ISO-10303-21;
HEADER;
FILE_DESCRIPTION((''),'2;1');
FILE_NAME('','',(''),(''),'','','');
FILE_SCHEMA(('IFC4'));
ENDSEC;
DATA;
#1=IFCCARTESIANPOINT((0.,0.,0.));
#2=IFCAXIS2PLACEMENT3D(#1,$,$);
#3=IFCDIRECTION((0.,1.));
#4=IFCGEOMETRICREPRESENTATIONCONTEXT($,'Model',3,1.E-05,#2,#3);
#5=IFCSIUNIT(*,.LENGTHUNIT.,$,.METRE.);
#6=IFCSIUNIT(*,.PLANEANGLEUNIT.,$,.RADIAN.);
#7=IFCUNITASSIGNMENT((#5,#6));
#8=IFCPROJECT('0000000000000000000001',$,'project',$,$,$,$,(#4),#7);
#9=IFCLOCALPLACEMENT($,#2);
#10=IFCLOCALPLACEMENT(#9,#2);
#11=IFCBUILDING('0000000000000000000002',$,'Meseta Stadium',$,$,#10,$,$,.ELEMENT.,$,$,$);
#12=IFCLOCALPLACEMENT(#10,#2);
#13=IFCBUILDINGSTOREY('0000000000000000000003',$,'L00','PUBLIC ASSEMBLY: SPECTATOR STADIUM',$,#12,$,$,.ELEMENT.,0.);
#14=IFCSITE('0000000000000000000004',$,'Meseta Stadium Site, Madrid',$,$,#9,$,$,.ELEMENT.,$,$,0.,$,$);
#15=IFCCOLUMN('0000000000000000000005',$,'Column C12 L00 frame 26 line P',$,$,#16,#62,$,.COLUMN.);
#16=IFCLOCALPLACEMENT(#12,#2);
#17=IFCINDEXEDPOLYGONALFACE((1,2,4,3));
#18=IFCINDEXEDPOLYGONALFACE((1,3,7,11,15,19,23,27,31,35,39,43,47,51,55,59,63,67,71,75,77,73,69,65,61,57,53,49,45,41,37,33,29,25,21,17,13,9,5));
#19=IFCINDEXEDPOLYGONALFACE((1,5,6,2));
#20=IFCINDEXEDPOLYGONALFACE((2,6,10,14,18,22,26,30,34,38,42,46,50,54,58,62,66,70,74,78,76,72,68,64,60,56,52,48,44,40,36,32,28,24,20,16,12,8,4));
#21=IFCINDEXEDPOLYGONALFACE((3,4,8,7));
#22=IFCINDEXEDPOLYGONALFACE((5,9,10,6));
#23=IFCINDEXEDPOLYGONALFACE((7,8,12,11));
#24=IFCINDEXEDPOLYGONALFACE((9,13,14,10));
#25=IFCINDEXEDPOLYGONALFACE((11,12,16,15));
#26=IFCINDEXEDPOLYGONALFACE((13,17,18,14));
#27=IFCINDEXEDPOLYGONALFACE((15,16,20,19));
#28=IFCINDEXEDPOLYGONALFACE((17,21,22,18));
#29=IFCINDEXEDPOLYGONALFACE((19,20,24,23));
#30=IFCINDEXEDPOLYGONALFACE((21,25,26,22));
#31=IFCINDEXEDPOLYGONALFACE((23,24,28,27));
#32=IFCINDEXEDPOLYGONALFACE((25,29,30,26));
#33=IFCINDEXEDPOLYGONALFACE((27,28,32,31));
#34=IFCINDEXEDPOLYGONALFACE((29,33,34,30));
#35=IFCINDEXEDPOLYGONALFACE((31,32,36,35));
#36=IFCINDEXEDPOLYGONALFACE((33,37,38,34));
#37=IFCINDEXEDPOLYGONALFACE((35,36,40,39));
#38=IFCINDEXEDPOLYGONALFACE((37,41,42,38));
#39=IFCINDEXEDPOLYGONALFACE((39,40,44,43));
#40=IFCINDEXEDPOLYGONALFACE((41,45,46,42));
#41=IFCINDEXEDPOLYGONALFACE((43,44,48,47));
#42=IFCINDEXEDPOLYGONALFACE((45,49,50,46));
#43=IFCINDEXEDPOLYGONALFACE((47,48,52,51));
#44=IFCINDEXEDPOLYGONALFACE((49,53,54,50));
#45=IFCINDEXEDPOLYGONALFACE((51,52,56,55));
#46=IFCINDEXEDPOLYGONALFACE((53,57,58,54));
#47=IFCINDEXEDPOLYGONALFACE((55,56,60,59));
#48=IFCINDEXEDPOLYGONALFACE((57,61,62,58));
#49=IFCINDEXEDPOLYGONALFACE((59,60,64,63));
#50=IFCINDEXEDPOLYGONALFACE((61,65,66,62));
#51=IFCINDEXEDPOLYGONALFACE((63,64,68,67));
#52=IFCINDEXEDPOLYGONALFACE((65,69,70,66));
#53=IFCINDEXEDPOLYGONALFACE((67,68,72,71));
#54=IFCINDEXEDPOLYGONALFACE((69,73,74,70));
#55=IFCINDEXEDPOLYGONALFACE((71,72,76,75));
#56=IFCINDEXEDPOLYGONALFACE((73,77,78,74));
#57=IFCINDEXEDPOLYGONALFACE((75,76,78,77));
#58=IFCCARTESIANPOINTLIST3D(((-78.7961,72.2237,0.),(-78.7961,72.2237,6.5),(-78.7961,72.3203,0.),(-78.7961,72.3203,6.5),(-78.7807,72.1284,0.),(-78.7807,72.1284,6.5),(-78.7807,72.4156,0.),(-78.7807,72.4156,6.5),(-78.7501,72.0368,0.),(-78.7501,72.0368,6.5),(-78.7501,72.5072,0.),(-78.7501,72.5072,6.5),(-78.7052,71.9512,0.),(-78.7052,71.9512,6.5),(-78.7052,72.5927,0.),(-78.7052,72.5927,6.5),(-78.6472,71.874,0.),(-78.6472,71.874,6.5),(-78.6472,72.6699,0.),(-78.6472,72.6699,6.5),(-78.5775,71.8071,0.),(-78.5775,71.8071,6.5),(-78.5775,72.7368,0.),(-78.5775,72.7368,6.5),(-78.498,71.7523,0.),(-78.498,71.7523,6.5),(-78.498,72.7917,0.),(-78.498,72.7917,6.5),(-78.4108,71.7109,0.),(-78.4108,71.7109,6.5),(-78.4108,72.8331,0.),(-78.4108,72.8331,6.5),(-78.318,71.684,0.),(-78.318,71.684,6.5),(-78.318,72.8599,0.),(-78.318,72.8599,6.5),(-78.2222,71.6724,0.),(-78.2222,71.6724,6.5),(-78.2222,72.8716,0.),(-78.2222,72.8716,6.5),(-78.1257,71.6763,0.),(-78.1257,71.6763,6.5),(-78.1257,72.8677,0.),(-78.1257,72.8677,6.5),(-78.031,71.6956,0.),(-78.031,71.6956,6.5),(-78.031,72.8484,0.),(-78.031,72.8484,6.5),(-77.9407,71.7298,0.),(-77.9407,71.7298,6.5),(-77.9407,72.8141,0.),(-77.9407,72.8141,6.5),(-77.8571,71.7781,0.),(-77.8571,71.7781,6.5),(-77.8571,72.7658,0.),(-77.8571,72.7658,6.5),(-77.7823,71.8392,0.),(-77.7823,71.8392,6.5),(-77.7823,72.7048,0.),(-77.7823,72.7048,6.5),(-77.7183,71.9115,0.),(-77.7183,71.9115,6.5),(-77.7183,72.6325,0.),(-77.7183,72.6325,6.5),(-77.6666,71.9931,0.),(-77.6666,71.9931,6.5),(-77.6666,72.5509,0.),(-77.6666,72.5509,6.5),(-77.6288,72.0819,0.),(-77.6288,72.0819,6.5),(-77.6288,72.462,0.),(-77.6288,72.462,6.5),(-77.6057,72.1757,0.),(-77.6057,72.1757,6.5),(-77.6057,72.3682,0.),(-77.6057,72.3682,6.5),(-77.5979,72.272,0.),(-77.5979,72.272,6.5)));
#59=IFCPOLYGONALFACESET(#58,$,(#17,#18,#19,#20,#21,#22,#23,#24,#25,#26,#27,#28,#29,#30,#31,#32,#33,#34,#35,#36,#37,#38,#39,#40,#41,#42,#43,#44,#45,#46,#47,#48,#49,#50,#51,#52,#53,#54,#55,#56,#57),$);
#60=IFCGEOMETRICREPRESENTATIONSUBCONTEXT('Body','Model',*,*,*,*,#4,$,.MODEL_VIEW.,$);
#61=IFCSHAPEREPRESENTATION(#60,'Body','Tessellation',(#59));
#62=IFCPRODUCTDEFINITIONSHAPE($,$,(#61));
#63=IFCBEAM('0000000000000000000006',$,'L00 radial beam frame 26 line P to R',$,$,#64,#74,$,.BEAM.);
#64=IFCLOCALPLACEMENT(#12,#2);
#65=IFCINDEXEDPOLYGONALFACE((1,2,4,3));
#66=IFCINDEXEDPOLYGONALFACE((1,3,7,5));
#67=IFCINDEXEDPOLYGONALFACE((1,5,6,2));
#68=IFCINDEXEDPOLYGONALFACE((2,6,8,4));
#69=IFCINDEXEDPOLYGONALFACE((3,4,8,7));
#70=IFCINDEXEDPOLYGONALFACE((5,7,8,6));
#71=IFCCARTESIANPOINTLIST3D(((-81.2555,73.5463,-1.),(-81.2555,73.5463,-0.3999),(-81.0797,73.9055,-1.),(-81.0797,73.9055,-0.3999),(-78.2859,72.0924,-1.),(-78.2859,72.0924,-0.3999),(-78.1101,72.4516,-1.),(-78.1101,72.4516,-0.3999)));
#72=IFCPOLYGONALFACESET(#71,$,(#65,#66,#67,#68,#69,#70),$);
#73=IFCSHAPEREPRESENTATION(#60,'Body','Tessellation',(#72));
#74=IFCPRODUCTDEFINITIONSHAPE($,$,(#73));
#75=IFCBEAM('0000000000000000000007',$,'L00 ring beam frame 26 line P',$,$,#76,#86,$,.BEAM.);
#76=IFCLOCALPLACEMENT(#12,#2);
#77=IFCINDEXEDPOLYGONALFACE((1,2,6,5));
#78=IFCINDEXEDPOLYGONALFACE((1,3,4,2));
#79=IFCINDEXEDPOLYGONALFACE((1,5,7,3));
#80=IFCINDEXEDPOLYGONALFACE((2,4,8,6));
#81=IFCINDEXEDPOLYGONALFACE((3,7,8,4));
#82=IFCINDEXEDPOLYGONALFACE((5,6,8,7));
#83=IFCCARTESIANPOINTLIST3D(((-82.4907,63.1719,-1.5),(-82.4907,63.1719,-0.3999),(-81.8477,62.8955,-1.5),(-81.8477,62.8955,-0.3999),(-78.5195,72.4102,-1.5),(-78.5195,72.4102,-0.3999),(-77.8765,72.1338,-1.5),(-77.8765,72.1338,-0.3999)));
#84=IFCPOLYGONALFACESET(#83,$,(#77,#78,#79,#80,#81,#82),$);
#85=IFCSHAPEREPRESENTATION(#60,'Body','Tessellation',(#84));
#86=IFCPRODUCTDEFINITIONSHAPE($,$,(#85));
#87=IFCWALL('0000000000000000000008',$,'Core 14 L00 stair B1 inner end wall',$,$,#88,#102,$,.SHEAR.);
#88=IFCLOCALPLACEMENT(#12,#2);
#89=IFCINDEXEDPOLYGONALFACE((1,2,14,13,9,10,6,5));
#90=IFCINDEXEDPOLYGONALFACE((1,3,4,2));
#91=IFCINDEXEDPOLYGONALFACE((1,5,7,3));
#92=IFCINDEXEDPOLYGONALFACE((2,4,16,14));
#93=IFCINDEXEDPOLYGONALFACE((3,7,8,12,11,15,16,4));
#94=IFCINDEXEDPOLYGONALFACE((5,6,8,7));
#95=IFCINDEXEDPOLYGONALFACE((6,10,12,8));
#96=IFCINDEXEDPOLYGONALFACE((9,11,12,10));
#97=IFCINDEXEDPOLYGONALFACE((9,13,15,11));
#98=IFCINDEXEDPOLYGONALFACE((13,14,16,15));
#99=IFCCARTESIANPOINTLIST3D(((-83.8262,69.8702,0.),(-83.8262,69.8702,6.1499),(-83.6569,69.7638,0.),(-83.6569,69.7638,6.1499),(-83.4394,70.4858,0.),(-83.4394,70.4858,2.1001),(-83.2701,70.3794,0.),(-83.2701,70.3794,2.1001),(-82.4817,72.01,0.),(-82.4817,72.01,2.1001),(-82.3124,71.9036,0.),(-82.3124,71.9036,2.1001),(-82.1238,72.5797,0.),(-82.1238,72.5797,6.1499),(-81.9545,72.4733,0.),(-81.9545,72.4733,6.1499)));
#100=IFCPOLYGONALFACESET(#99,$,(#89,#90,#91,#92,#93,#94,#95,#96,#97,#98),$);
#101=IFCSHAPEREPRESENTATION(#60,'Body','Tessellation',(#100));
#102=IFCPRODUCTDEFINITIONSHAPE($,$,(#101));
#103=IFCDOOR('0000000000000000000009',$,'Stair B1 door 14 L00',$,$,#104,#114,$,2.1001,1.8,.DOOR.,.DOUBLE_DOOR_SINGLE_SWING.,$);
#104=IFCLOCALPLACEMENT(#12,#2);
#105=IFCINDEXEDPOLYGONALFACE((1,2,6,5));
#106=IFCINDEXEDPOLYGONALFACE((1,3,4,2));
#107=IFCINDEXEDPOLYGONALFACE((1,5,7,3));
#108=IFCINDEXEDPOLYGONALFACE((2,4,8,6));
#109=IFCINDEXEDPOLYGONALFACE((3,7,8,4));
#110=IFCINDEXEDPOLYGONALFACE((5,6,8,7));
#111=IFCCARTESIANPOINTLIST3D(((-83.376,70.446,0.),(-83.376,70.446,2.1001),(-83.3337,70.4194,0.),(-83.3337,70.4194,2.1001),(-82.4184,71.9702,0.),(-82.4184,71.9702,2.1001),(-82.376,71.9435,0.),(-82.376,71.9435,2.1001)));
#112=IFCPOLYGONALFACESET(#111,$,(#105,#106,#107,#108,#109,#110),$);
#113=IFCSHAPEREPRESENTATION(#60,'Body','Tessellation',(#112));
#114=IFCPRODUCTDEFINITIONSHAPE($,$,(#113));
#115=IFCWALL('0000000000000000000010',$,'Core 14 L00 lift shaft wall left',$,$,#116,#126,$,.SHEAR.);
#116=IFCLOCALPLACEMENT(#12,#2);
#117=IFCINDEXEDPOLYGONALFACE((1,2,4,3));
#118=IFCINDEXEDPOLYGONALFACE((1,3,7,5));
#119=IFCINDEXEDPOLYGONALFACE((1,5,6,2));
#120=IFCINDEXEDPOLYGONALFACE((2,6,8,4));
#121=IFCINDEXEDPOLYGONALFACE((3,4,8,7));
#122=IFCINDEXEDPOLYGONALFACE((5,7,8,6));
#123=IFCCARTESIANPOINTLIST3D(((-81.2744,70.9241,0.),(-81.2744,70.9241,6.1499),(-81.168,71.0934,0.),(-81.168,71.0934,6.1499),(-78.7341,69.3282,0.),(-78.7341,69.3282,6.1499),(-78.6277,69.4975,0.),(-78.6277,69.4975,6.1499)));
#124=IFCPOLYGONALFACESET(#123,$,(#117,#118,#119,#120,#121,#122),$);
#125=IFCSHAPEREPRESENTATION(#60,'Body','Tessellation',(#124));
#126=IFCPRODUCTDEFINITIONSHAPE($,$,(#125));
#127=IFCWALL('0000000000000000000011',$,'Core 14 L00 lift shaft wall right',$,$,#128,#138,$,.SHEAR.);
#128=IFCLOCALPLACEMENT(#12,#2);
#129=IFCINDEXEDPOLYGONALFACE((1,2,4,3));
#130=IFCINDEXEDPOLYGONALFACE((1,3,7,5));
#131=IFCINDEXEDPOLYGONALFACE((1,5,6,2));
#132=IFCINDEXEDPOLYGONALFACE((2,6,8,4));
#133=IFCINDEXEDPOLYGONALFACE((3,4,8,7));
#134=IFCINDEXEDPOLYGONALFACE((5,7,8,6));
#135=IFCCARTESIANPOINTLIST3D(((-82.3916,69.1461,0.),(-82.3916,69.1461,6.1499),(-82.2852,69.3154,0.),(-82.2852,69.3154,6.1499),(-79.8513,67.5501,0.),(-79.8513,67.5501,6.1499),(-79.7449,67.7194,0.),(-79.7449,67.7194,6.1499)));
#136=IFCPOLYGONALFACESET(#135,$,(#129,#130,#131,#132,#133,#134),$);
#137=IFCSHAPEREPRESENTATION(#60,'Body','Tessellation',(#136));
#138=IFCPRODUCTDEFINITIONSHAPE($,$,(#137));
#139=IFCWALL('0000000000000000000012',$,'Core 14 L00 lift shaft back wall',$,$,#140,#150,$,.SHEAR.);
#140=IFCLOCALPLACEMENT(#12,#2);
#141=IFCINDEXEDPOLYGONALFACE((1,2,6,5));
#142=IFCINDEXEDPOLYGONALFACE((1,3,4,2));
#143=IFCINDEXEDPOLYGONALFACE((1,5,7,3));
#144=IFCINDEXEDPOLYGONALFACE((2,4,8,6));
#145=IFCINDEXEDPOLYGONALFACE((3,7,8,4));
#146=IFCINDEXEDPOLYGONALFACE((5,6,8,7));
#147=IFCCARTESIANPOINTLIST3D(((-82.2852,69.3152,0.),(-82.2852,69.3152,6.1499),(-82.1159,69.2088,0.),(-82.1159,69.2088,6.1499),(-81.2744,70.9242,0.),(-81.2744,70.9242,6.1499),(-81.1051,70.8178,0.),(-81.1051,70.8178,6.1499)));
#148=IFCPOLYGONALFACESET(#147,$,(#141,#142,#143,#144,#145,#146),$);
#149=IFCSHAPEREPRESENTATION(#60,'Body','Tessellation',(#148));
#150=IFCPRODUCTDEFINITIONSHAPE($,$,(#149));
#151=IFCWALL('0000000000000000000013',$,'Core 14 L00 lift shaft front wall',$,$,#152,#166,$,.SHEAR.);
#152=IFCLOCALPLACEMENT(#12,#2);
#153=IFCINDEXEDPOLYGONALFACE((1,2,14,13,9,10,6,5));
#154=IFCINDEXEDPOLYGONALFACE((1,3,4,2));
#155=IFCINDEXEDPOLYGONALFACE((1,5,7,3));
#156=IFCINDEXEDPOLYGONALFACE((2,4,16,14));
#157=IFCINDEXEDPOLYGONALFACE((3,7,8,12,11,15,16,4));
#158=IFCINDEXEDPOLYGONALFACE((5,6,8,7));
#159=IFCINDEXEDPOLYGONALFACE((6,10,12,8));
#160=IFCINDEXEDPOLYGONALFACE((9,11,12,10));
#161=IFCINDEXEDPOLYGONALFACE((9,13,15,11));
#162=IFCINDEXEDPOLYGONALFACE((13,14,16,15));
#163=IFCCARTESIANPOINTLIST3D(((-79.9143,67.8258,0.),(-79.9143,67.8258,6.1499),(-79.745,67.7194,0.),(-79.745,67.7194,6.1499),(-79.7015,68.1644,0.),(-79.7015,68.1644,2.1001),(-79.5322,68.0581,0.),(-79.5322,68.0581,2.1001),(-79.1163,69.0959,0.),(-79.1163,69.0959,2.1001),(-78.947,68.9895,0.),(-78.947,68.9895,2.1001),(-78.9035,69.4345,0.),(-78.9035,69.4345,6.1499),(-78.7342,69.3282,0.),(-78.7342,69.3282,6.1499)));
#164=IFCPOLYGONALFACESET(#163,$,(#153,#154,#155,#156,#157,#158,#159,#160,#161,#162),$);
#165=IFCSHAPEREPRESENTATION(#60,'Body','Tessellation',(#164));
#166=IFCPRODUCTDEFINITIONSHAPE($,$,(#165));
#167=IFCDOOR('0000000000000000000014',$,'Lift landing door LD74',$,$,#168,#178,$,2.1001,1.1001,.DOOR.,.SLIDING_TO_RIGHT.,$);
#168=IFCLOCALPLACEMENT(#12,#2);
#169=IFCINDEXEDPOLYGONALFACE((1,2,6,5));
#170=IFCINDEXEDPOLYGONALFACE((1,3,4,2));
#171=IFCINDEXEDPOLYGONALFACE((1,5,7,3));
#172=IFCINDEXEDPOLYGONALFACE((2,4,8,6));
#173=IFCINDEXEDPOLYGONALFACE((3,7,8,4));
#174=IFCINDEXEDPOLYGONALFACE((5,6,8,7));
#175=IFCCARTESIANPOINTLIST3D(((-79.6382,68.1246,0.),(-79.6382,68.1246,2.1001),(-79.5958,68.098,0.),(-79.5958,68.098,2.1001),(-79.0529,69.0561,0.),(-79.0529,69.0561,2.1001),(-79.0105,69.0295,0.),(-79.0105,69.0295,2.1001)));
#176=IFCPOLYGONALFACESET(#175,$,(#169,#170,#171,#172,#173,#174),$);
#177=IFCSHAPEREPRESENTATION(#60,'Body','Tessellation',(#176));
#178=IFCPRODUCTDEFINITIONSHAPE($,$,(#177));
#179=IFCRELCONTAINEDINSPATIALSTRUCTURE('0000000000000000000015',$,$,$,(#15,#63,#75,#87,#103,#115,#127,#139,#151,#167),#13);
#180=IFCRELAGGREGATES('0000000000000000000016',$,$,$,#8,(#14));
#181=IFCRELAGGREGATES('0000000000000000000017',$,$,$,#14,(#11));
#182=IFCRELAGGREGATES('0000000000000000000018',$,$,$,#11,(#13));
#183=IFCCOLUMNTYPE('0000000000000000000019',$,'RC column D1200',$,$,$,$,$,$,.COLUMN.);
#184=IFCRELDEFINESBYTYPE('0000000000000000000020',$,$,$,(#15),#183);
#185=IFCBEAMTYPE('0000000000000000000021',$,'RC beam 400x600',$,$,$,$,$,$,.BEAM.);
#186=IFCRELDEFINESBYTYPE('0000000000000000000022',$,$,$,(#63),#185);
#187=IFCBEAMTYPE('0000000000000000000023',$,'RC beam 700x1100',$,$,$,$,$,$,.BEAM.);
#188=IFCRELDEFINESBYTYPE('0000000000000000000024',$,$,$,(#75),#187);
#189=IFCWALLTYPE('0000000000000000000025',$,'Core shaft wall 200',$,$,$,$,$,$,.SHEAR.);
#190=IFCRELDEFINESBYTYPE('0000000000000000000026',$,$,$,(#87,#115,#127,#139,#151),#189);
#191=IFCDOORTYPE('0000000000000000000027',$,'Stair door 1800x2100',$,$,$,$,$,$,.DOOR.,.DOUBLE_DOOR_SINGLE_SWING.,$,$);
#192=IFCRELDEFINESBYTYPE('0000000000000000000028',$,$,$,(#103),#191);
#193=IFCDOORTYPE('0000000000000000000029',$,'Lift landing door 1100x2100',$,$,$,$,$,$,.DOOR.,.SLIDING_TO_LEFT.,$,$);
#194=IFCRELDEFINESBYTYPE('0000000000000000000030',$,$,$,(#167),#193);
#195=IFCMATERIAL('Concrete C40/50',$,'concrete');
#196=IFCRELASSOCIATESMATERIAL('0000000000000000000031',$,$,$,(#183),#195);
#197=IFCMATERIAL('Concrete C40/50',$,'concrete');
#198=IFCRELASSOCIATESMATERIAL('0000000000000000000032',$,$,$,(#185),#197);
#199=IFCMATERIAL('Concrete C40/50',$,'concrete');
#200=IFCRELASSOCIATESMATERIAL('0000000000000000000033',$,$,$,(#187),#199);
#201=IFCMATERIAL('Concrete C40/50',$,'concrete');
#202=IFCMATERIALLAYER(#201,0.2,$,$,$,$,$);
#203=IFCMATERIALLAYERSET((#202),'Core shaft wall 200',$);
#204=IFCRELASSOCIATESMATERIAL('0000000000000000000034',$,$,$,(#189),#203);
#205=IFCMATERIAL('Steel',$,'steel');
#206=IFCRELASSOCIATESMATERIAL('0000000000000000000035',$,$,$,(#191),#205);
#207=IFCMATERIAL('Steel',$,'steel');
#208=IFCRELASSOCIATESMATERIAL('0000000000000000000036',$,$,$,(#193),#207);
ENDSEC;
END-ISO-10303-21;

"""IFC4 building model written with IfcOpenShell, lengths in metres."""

from ifc_helpers import new_model, si_unit, direction, frame, frame_2d, origin, origin_2d, place, context, subcontext, project, spatial, rectangle, circle, extrude, material, layer, layer_set, material_profile, profile_set, type_object, element, fill, save


model = new_model("IFC4")

# Units and contexts
model_context = context("Model", 3, precision=1e-05, world=origin(), true_north=direction((0.0, 1.0)))
body_context = subcontext(model_context, "Body", "Model", "MODEL_VIEW")
ifc_project = project(units=[si_unit("LENGTHUNIT", "METRE"), si_unit("PLANEANGLEUNIT", "RADIAN")], contexts=[model_context])

# Site, building, storey
site_placement = place(None, origin())
site = spatial("IfcSite", under=ifc_project, at=site_placement, Name="Meseta Stadium Site, Madrid", CompositionType="ELEMENT", RefElevation=0.0)
building_placement = place(site_placement, origin())
building = spatial("IfcBuilding", under=site, at=building_placement, Name="Meseta Stadium", CompositionType="ELEMENT")
storey_placement = place(building_placement, origin())
storey = spatial("IfcBuildingStorey", under=building, at=storey_placement, Name="L00", Description="PUBLIC ASSEMBLY: SPECTATOR STADIUM", CompositionType="ELEMENT", Elevation=0.0)

# Column
ifc_material_1 = material(Name="Concrete C40/50", Category="concrete")
ifc_material_profile_1 = material_profile(ifc_material_1, circle(Radius=0.6001, at=origin_2d()), Name="RC D1200")
ifc_profile_set_1 = profile_set([ifc_material_profile_1], Name="Concrete C40/50")
column_type = type_object("IfcColumnType", Name="RC column D1200", PredefinedType="COLUMN", material=ifc_profile_set_1)
column_placement = place(storey_placement, frame((-78.198, 72.272, 0.0), z_axis=(0.0, 0.0, 1.0), x_axis=(1.0, 0.0, 0.0)))
element("IfcColumn", 1, at=column_placement, inside=storey, type_object=column_type, Name="Column C12 L00 frame 26 line P", PredefinedType="COLUMN", context=body_context, shape_type="SweptSolid", body=[
    extrude(circle(Radius=0.6001, at=origin_2d()), origin(), (0.0, 0.0, 1.0), 6.5),
])

# Beams
ifc_material_2 = material(Name="Concrete C40/50", Category="concrete")
ifc_material_profile_2 = material_profile(ifc_material_2, rectangle(XDim=0.3999, YDim=0.6001, at=origin_2d()), Name="RC 400x600")
ifc_profile_set_2 = profile_set([ifc_material_profile_2], Name="Concrete C40/50")
beam_type_1 = type_object("IfcBeamType", Name="RC beam 400x600", PredefinedType="BEAM", material=ifc_profile_set_2)
beam_1_placement = place(storey_placement, frame((-78.198, 72.272, -0.7), z_axis=(-0.898132, 0.439725, 0.0), x_axis=(-0.439725, -0.898132, 0.0)))
element("IfcBeam", 2, at=beam_1_placement, inside=storey, type_object=beam_type_1, Name="L00 radial beam frame 26 line P to R", PredefinedType="BEAM", context=body_context, shape_type="SweptSolid", body=[
    extrude(rectangle(XDim=0.3999, YDim=0.6001, at=origin_2d()), origin(), (0.0, 0.0, 1.0), 3.3064),
])
ifc_material_3 = material(Name="Concrete C40/50", Category="concrete")
ifc_material_profile_3 = material_profile(ifc_material_3, rectangle(XDim=0.7, YDim=1.1001, at=origin_2d()), Name="RC 700x1100")
ifc_profile_set_3 = profile_set([ifc_material_profile_3], Name="Concrete C40/50")
beam_type_2 = type_object("IfcBeamType", Name="RC beam 700x1100", PredefinedType="BEAM", material=ifc_profile_set_3)
beam_2_placement = place(storey_placement, frame((-78.198, 72.272, -0.95), z_axis=(-0.394921, -0.918715, 0.0), x_axis=(0.918715, -0.394921, 0.0)))
element("IfcBeam", 3, at=beam_2_placement, inside=storey, type_object=beam_type_2, Name="L00 ring beam frame 26 line P", PredefinedType="BEAM", context=body_context, shape_type="SweptSolid", body=[
    extrude(rectangle(XDim=0.7, YDim=1.1001, at=origin_2d()), origin(), (0.0, 0.0, 1.0), 10.0557),
])

# Wall, opening, door
ifc_material_4 = material(Name="Concrete C40/50", Category="concrete")
ifc_layer_1 = layer(ifc_material_4, 0.2)
ifc_layer_set_1 = layer_set([ifc_layer_1], Name="Core shaft wall 200")
wall_type_1 = type_object("IfcWallType", Name="Core shaft wall 200", PredefinedType="SHEAR", material=ifc_layer_set_1)
wall_1_placement = place(storey_placement, frame((-82.0391, 72.5266, 0.0), z_axis=(0.0, 0.0, 1.0), x_axis=(-0.532014, -0.846736, 0.0)))
wall_1 = element("IfcWall", 4, at=wall_1_placement, inside=storey, type_object=wall_type_1, Name="Core 14 L00 stair B1 inner end wall", PredefinedType="SHEAR", context=body_context, shape_type="SweptSolid", body=[
    extrude(rectangle(XDim=3.2, YDim=0.2, at=frame_2d((1.6001, 0.0))), origin(), (0.0, 0.0, 1.0), 6.1499),
])
opening_1_placement = place(wall_1_placement, frame((0.6731, 0.0, 0.0)))
opening_1 = element("IfcOpeningElement", 5, at=opening_1_placement, cuts=wall_1, PredefinedType="OPENING", context=body_context, shape_type="SweptSolid", body=[
    extrude(rectangle(XDim=1.8, YDim=2.1001, at=frame_2d((0.8999, 1.05))), frame((0.0, 0.1099, 0.0), z_axis=(0.0, -1.0, 0.0), x_axis=(1.0, 0.0, 0.0)), (0.0, 0.0, 1.0), 0.22),
])
ifc_material_5 = material(Name="Steel", Category="steel")
door_type_1 = type_object("IfcDoorType", Name="Stair door 1800x2100", OperationType="DOUBLE_DOOR_SINGLE_SWING", PredefinedType="DOOR", material=ifc_material_5)
door_1_placement = place(opening_1_placement, origin())
door_1 = element("IfcDoor", 6, at=door_1_placement, inside=storey, type_object=door_type_1, Name="Stair B1 door 14 L00", OperationType="DOUBLE_DOOR_SINGLE_SWING", OverallHeight=2.1001, OverallWidth=1.8, PredefinedType="DOOR", context=body_context, shape_type="SweptSolid", body=[
    extrude(rectangle(XDim=1.8, YDim=2.1001, at=frame_2d((0.8999, 1.05))), frame((0.0, 0.0249, 0.0), z_axis=(0.0, -1.0, 0.0), x_axis=(1.0, 0.0, 0.0)), (0.0, 0.0, 1.0), 0.05),
])
fill(opening_1, door_1)

# Walls
for number, where, z_axis, x_axis, name in (
    (7, (-81.2212, 71.0088, 0.0), (0.0, 0.0, 1.0), (0.846757, -0.53198, 0.0), "Core 14 L00 lift shaft wall left"),
    (8, (-82.3384, 69.2307, 0.0), (0.0, 0.0, 1.0), (0.846757, -0.53198, 0.0), "Core 14 L00 lift shaft wall right"),
):
    element("IfcWall", number, at=place(storey_placement, frame(where, z_axis=z_axis, x_axis=x_axis)), inside=storey, type_object=wall_type_1, Name=name, PredefinedType="SHEAR", context=body_context, shape_type="SweptSolid", body=[
        extrude(rectangle(XDim=3.0, YDim=0.2, at=frame_2d((1.5, 0.0))), origin(), (0.0, 0.0, 1.0), 6.1499),
    ])
wall_2_placement = place(storey_placement, frame((-81.1897, 70.8711, 0.0), z_axis=(0.0, 0.0, 1.0), x_axis=(-0.531961, -0.846769, 0.0)))
element("IfcWall", 9, at=wall_2_placement, inside=storey, type_object=wall_type_1, Name="Core 14 L00 lift shaft back wall", PredefinedType="SHEAR", context=body_context, shape_type="SweptSolid", body=[
    extrude(rectangle(XDim=1.9001, YDim=0.2, at=frame_2d((0.9502, 0.0))), origin(), (0.0, 0.0, 1.0), 6.1499),
])

# Wall, opening, door
wall_3_placement = place(storey_placement, frame((-78.8188, 69.3813, 0.0), z_axis=(0.0, 0.0, 1.0), x_axis=(-0.532019, -0.846732, 0.0)))
wall_3 = element("IfcWall", 10, at=wall_3_placement, inside=storey, type_object=wall_type_1, Name="Core 14 L00 lift shaft front wall", PredefinedType="SHEAR", context=body_context, shape_type="SweptSolid", body=[
    extrude(rectangle(XDim=1.8999, YDim=0.2, at=frame_2d((0.95, 0.0))), origin(), (0.0, 0.0, 1.0), 6.1499),
])
opening_2_placement = place(wall_3_placement, frame((0.3999, 0.0, 0.0)))
opening_2 = element("IfcOpeningElement", 11, at=opening_2_placement, cuts=wall_3, PredefinedType="OPENING", context=body_context, shape_type="SweptSolid", body=[
    extrude(rectangle(XDim=1.1001, YDim=2.1001, at=frame_2d((0.55, 1.05))), frame((0.0, 0.1099, 0.0), z_axis=(0.0, -1.0, 0.0), x_axis=(1.0, 0.0, 0.0)), (0.0, 0.0, 1.0), 0.22),
])
ifc_material_6 = material(Name="Steel", Category="steel")
door_type_2 = type_object("IfcDoorType", Name="Lift landing door 1100x2100", OperationType="SLIDING_TO_LEFT", PredefinedType="DOOR", material=ifc_material_6)
door_2_placement = place(opening_2_placement, origin())
door_2 = element("IfcDoor", 12, at=door_2_placement, inside=storey, type_object=door_type_2, Name="Lift landing door LD74", OperationType="SLIDING_TO_RIGHT", OverallHeight=2.1001, OverallWidth=1.1001, PredefinedType="DOOR", context=body_context, shape_type="SweptSolid", body=[
    extrude(rectangle(XDim=1.1001, YDim=2.1001, at=frame_2d((0.55, 1.05))), frame((0.0, 0.0249, 0.0), z_axis=(0.0, -1.0, 0.0), x_axis=(1.0, 0.0, 0.0)), (0.0, 0.0, 1.0), 0.05),
])
fill(opening_2, door_2)

save(model, "model.ifc")
